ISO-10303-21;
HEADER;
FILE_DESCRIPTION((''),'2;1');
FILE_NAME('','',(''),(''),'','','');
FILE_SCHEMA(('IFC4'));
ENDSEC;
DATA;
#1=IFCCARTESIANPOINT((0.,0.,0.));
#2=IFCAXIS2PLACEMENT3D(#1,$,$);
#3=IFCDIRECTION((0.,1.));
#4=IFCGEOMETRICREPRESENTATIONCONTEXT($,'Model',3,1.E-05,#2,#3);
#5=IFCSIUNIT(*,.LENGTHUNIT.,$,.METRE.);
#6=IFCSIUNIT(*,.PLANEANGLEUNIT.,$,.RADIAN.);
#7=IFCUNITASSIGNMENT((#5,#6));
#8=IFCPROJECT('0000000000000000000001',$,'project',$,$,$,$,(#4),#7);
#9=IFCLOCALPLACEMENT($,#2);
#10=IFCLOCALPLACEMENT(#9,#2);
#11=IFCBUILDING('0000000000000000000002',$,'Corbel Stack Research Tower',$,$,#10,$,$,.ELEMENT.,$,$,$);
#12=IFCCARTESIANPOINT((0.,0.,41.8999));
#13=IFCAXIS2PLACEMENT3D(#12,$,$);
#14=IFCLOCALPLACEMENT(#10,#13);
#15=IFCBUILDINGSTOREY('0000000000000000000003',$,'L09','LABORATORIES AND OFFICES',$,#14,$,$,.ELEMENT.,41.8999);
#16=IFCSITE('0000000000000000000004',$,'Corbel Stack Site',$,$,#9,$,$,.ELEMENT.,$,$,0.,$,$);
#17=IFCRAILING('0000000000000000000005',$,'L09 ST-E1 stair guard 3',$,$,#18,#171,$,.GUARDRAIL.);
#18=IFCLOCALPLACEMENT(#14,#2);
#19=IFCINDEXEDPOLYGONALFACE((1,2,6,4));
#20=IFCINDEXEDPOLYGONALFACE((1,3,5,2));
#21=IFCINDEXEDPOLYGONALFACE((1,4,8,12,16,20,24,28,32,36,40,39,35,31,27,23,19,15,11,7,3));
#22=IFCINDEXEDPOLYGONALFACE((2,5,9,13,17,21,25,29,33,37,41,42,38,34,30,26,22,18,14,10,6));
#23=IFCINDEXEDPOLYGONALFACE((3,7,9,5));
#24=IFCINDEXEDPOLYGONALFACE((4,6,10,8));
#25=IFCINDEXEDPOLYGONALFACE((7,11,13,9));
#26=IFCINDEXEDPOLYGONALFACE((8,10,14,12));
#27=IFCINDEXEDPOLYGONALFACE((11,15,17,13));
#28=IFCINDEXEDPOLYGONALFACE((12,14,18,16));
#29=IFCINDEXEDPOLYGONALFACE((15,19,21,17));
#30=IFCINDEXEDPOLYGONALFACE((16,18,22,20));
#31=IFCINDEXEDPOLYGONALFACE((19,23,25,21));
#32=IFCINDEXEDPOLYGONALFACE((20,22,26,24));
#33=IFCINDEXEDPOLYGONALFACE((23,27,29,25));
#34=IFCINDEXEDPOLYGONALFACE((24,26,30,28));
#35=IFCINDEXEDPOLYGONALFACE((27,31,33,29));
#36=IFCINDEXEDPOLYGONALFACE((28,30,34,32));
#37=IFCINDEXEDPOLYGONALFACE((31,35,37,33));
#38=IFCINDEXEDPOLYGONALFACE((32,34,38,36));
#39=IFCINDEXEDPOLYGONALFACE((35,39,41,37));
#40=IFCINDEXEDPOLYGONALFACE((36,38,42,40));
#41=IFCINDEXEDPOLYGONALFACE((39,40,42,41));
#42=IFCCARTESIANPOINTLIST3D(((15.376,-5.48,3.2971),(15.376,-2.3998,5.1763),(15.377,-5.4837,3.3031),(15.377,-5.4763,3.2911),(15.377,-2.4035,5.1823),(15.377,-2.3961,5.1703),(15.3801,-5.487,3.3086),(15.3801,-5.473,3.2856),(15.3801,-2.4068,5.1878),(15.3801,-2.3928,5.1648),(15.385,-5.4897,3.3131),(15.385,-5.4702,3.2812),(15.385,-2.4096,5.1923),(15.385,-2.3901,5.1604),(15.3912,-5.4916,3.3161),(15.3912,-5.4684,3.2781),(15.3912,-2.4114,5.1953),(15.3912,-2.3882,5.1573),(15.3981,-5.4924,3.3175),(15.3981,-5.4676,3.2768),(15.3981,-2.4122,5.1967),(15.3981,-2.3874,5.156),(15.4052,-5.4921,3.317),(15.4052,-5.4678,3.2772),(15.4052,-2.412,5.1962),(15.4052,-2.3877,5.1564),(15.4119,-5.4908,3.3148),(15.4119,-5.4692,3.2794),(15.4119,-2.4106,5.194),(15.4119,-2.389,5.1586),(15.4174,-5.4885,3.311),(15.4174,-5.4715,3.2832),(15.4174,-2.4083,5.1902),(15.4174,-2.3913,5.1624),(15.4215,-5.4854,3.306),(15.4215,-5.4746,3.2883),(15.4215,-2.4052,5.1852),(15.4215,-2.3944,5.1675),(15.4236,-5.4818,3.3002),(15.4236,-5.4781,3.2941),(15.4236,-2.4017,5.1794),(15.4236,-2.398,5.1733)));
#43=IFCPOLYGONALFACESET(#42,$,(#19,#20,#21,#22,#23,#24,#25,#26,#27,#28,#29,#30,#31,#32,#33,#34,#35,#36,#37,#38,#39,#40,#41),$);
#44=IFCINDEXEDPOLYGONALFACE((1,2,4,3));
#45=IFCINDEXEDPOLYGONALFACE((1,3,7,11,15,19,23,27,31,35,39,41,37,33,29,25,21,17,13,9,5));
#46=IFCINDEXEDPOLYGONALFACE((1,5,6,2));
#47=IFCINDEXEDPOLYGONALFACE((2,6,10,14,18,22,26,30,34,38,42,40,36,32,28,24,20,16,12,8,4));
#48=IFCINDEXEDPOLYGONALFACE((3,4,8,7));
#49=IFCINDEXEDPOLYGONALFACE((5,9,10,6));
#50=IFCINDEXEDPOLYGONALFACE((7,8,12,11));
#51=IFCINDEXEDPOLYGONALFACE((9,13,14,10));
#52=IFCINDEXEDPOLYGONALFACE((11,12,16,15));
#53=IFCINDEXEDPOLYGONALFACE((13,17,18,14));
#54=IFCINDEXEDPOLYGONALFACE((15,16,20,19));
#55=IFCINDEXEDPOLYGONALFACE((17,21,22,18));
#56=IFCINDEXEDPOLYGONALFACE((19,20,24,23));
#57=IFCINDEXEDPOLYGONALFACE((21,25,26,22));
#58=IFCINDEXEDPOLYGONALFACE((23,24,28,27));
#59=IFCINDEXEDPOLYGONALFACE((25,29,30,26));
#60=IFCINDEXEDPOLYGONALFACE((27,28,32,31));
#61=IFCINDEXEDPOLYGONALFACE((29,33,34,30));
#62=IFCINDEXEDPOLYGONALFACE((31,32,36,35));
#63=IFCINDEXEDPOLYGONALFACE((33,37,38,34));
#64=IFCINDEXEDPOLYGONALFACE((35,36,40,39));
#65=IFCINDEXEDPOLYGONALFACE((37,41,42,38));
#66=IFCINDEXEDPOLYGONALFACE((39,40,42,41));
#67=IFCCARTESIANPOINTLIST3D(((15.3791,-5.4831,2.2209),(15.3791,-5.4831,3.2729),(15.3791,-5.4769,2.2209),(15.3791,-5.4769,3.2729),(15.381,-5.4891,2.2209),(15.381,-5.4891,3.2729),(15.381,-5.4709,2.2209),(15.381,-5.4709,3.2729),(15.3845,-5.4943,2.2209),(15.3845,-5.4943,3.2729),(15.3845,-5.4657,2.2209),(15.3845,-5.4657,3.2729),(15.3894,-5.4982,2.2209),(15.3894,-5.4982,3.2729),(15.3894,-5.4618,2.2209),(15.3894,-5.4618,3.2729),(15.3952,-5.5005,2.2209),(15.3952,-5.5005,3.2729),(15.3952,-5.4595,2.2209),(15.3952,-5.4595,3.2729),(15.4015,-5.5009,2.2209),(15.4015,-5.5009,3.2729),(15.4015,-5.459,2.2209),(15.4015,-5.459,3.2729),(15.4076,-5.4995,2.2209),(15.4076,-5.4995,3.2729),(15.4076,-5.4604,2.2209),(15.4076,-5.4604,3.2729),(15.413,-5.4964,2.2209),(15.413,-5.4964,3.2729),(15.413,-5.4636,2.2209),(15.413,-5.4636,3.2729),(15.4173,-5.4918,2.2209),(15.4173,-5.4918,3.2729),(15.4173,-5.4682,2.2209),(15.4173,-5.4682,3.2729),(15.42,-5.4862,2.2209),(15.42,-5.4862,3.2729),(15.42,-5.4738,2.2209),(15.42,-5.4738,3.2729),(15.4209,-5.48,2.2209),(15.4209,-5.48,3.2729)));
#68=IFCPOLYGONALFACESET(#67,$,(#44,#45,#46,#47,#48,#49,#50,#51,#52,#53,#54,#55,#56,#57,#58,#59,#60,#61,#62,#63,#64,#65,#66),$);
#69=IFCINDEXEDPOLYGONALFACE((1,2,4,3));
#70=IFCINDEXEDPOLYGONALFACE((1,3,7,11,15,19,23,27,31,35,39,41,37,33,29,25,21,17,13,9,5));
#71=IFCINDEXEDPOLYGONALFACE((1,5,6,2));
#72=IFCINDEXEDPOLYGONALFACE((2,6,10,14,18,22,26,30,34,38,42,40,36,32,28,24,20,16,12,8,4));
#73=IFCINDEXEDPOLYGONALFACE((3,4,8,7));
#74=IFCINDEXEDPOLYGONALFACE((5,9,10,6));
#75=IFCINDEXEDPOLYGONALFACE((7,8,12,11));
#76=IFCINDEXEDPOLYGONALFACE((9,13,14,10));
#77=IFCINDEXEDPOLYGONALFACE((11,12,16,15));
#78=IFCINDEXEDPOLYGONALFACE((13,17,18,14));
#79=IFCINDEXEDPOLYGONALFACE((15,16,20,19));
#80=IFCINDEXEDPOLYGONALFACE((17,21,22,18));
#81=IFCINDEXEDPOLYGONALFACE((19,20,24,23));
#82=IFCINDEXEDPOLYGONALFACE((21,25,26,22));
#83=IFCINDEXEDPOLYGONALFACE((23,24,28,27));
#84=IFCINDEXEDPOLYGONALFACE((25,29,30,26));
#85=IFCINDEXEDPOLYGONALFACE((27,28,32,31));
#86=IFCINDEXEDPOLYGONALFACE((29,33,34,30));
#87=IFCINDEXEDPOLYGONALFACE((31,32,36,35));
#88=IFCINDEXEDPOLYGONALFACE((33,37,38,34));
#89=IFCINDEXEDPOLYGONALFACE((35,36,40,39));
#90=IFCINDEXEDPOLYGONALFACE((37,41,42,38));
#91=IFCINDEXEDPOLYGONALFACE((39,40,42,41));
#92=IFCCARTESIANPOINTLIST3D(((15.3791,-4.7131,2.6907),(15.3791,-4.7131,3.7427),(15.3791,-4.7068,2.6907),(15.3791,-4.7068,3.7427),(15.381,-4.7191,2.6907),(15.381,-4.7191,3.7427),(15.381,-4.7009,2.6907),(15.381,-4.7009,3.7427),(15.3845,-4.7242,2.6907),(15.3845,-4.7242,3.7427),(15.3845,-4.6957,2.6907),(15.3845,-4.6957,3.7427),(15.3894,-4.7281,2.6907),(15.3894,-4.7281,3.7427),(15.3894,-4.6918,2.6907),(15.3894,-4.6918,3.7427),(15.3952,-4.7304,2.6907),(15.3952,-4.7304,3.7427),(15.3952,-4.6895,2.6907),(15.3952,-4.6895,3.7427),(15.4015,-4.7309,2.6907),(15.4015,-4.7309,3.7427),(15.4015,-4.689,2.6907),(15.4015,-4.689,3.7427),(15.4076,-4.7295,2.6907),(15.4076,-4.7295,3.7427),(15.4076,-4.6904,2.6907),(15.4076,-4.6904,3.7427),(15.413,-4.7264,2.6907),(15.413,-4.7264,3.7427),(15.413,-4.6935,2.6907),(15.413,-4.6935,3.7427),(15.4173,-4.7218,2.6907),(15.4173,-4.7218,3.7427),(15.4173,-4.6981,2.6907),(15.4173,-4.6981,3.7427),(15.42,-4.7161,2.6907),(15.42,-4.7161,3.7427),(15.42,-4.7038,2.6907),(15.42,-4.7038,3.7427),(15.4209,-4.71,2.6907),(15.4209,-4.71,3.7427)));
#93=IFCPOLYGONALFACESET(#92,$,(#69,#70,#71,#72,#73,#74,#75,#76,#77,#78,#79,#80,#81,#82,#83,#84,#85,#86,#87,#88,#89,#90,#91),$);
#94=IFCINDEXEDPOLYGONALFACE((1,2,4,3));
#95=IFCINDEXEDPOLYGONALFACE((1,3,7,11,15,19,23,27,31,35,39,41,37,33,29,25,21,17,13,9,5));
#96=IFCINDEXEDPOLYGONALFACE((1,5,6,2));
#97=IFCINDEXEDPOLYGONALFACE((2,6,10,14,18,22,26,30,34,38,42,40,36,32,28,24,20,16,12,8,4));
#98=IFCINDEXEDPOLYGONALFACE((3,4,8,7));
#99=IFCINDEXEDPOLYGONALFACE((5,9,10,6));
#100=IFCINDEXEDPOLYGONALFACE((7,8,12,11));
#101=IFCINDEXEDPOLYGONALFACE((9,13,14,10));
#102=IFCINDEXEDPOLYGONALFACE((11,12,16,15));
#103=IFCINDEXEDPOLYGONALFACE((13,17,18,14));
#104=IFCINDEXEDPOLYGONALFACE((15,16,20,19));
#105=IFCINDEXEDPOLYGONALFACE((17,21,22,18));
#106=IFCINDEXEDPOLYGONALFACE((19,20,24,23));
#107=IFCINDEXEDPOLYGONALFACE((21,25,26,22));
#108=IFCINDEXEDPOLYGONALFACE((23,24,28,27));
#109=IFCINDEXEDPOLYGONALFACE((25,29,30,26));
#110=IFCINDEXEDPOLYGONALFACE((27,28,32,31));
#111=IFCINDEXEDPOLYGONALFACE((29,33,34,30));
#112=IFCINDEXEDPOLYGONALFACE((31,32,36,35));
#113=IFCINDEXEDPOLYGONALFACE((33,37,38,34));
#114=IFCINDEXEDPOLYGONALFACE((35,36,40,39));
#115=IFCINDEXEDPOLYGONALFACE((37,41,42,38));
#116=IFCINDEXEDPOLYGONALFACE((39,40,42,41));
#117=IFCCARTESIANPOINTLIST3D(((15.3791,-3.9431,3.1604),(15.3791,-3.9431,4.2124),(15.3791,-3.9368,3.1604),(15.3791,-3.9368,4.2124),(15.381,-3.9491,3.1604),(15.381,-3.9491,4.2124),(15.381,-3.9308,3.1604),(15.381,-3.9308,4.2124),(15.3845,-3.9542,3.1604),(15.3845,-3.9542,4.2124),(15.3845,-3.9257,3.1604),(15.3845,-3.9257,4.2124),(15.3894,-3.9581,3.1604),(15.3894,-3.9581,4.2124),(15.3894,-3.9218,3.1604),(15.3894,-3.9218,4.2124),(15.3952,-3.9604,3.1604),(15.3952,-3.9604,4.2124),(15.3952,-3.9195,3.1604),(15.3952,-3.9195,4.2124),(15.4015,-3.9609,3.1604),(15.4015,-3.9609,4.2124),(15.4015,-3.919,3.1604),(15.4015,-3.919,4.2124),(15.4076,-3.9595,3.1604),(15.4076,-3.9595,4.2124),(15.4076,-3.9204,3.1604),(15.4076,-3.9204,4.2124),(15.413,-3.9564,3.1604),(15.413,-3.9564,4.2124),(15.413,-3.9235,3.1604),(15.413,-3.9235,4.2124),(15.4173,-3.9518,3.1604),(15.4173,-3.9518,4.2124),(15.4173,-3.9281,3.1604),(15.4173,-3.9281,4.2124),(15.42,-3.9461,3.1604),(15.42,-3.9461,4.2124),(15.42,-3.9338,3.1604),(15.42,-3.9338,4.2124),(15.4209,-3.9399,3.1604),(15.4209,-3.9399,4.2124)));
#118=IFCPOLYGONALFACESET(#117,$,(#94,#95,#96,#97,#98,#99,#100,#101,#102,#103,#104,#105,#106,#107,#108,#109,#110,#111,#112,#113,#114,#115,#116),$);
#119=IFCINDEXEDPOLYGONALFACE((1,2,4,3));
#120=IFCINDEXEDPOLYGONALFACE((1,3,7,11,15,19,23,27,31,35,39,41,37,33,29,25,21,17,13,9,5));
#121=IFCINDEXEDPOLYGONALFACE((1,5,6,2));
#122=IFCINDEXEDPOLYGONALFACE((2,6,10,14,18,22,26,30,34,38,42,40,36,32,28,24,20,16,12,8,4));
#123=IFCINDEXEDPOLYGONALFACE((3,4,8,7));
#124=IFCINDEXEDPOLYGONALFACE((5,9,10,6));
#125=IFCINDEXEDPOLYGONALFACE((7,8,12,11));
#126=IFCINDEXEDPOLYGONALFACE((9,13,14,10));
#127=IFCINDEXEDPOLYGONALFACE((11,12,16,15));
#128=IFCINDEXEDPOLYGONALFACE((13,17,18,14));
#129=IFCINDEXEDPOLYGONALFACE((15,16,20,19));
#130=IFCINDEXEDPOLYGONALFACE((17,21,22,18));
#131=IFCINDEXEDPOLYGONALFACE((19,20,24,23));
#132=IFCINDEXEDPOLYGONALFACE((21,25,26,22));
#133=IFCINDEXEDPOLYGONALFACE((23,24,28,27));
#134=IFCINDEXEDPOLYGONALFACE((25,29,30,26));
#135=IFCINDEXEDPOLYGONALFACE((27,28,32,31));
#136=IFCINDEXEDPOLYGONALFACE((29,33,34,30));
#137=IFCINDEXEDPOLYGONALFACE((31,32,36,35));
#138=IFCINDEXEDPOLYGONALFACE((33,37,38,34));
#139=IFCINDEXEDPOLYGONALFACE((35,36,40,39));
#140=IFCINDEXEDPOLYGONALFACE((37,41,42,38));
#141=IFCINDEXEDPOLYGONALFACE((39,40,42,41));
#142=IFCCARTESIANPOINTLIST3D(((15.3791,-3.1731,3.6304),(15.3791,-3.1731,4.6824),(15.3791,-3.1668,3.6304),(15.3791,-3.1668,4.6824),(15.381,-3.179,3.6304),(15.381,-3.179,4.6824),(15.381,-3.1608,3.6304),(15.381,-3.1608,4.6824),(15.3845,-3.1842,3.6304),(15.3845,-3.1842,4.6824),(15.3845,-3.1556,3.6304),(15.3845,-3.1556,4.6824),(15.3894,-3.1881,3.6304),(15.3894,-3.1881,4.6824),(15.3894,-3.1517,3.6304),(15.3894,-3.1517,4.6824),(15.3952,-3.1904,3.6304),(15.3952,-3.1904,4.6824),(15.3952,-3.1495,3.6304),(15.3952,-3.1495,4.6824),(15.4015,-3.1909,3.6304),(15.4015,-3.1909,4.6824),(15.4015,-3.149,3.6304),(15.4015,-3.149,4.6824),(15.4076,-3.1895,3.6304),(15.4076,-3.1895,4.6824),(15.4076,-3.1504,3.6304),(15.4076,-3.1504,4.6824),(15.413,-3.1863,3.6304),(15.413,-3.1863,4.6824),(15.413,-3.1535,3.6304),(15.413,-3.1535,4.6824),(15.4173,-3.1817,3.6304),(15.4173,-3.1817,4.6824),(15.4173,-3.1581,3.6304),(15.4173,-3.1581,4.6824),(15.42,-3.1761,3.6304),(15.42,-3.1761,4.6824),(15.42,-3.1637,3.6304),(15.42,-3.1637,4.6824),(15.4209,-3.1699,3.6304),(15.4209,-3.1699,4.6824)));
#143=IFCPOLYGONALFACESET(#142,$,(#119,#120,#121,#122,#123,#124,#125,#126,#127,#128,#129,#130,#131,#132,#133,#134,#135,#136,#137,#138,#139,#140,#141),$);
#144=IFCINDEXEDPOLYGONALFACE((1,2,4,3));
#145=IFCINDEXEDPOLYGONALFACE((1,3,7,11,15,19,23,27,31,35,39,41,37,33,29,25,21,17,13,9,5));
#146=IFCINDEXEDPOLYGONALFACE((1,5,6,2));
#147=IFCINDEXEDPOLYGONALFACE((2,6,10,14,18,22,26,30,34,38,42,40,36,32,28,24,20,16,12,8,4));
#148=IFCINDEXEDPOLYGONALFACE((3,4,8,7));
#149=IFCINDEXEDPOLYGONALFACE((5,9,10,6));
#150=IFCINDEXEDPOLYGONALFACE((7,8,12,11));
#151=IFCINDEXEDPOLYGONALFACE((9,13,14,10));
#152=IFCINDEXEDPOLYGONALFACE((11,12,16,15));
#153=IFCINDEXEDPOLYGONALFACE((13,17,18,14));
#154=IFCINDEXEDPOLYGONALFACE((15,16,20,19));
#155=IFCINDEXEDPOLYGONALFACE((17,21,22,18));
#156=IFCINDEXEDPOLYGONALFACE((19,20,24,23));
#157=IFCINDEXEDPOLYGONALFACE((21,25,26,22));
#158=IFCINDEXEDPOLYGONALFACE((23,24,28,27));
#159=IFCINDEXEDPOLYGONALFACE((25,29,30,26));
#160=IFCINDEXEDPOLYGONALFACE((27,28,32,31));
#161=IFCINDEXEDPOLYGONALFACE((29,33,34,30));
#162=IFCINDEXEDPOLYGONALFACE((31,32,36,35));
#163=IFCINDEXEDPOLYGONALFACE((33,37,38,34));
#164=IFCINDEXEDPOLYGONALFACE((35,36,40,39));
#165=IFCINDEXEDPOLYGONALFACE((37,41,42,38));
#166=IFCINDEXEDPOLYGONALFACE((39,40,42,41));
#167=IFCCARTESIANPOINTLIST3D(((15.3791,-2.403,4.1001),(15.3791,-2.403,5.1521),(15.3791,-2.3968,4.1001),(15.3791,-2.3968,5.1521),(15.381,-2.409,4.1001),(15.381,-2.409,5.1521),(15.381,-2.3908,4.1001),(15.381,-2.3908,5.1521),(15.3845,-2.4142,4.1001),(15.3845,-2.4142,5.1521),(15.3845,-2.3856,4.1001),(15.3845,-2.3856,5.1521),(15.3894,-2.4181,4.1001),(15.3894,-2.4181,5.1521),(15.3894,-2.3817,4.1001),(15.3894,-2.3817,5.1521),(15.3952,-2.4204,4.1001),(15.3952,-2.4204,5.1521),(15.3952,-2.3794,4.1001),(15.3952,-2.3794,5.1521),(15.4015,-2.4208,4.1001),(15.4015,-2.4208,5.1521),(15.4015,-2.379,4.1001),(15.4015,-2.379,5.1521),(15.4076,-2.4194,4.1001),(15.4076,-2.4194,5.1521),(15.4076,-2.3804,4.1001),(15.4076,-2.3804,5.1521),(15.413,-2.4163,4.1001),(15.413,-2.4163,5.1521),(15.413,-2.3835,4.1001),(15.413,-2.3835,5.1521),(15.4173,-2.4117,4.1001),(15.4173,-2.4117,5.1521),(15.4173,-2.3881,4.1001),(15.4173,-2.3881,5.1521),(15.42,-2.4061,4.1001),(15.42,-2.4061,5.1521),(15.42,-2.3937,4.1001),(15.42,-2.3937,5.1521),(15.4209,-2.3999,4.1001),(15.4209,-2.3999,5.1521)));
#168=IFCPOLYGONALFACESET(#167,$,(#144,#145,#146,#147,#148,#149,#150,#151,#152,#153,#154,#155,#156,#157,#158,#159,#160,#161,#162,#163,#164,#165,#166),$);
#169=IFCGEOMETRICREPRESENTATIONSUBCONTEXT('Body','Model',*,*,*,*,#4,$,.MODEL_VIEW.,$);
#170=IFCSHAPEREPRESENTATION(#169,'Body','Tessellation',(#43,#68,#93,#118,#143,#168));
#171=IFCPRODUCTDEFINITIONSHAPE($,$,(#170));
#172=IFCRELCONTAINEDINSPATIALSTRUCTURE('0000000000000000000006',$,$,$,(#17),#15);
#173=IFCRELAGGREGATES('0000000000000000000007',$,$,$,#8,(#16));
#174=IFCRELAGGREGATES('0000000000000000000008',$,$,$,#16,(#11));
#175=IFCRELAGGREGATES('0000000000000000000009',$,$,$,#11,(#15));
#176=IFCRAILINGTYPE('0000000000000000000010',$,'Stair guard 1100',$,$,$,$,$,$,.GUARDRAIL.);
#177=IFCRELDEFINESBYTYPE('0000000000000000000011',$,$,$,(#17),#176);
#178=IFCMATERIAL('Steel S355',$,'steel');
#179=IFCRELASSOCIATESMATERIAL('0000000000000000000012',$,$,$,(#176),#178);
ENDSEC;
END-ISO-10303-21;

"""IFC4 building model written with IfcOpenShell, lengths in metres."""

from ifc_helpers import new_model, si_unit, direction, frame, origin, origin_2d, place, context, subcontext, project, spatial, circle, extrude, material, type_object, element, save


model = new_model("IFC4")

# Units and contexts
model_context = context("Model", 3, precision=1e-05, world=origin(), true_north=direction((0.0, 1.0)))
body_context = subcontext(model_context, "Body", "Model", "MODEL_VIEW")
ifc_project = project(units=[si_unit("LENGTHUNIT", "METRE"), si_unit("PLANEANGLEUNIT", "RADIAN")], contexts=[model_context])

# Site, building, storey
site_placement = place(None, origin())
site = spatial("IfcSite", under=ifc_project, at=site_placement, Name="Corbel Stack Site", CompositionType="ELEMENT", RefElevation=0.0)
building_placement = place(site_placement, origin())
building = spatial("IfcBuilding", under=site, at=building_placement, Name="Corbel Stack Research Tower", CompositionType="ELEMENT")
storey_placement = place(building_placement, frame((0.0, 0.0, 41.8999)))
storey = spatial("IfcBuildingStorey", under=building, at=storey_placement, Name="L09", Description="LABORATORIES AND OFFICES", CompositionType="ELEMENT", Elevation=41.8999)

# Railing
ifc_material_1 = material(Name="Steel S355", Category="steel")
railing_type = type_object("IfcRailingType", Name="Stair guard 1100", PredefinedType="GUARDRAIL", material=ifc_material_1)
railing_1_placement = place(storey_placement, frame((15.3999, -5.48, 2.2209)))
element("IfcRailing", 1, at=railing_1_placement, inside=storey, type_object=railing_type, Name="L09 ST-E1 stair guard 3", PredefinedType="GUARDRAIL", context=body_context, shape_type="SweptSolid", body=[
    extrude(circle(Radius=0.0239, at=origin_2d()), frame((0.0, 0.0, 1.0762), z_axis=(0.0, 0.853666, 0.52082), x_axis=(-1.0, 0.0, 0.0)), (0.0, 0.0, 1.0), 3.6082),
    extrude(circle(Radius=0.021, at=origin_2d()), origin(), (0.0, 0.0, 1.0), 1.052),
    extrude(circle(Radius=0.021, at=origin_2d()), frame((0.0, 0.77, 0.4697)), (0.0, 0.0, 1.0), 1.052),
    extrude(circle(Radius=0.021, at=origin_2d()), frame((0.0, 1.54, 0.9395)), (0.0, 0.0, 1.0), 1.052),
    extrude(circle(Radius=0.021, at=origin_2d()), frame((0.0, 2.3101, 1.4094)), (0.0, 0.0, 1.0), 1.052),
    extrude(circle(Radius=0.021, at=origin_2d()), frame((0.0, 3.0801, 1.8792)), (0.0, 0.0, 1.0), 1.052),
])

save(model, "model.ifc")
